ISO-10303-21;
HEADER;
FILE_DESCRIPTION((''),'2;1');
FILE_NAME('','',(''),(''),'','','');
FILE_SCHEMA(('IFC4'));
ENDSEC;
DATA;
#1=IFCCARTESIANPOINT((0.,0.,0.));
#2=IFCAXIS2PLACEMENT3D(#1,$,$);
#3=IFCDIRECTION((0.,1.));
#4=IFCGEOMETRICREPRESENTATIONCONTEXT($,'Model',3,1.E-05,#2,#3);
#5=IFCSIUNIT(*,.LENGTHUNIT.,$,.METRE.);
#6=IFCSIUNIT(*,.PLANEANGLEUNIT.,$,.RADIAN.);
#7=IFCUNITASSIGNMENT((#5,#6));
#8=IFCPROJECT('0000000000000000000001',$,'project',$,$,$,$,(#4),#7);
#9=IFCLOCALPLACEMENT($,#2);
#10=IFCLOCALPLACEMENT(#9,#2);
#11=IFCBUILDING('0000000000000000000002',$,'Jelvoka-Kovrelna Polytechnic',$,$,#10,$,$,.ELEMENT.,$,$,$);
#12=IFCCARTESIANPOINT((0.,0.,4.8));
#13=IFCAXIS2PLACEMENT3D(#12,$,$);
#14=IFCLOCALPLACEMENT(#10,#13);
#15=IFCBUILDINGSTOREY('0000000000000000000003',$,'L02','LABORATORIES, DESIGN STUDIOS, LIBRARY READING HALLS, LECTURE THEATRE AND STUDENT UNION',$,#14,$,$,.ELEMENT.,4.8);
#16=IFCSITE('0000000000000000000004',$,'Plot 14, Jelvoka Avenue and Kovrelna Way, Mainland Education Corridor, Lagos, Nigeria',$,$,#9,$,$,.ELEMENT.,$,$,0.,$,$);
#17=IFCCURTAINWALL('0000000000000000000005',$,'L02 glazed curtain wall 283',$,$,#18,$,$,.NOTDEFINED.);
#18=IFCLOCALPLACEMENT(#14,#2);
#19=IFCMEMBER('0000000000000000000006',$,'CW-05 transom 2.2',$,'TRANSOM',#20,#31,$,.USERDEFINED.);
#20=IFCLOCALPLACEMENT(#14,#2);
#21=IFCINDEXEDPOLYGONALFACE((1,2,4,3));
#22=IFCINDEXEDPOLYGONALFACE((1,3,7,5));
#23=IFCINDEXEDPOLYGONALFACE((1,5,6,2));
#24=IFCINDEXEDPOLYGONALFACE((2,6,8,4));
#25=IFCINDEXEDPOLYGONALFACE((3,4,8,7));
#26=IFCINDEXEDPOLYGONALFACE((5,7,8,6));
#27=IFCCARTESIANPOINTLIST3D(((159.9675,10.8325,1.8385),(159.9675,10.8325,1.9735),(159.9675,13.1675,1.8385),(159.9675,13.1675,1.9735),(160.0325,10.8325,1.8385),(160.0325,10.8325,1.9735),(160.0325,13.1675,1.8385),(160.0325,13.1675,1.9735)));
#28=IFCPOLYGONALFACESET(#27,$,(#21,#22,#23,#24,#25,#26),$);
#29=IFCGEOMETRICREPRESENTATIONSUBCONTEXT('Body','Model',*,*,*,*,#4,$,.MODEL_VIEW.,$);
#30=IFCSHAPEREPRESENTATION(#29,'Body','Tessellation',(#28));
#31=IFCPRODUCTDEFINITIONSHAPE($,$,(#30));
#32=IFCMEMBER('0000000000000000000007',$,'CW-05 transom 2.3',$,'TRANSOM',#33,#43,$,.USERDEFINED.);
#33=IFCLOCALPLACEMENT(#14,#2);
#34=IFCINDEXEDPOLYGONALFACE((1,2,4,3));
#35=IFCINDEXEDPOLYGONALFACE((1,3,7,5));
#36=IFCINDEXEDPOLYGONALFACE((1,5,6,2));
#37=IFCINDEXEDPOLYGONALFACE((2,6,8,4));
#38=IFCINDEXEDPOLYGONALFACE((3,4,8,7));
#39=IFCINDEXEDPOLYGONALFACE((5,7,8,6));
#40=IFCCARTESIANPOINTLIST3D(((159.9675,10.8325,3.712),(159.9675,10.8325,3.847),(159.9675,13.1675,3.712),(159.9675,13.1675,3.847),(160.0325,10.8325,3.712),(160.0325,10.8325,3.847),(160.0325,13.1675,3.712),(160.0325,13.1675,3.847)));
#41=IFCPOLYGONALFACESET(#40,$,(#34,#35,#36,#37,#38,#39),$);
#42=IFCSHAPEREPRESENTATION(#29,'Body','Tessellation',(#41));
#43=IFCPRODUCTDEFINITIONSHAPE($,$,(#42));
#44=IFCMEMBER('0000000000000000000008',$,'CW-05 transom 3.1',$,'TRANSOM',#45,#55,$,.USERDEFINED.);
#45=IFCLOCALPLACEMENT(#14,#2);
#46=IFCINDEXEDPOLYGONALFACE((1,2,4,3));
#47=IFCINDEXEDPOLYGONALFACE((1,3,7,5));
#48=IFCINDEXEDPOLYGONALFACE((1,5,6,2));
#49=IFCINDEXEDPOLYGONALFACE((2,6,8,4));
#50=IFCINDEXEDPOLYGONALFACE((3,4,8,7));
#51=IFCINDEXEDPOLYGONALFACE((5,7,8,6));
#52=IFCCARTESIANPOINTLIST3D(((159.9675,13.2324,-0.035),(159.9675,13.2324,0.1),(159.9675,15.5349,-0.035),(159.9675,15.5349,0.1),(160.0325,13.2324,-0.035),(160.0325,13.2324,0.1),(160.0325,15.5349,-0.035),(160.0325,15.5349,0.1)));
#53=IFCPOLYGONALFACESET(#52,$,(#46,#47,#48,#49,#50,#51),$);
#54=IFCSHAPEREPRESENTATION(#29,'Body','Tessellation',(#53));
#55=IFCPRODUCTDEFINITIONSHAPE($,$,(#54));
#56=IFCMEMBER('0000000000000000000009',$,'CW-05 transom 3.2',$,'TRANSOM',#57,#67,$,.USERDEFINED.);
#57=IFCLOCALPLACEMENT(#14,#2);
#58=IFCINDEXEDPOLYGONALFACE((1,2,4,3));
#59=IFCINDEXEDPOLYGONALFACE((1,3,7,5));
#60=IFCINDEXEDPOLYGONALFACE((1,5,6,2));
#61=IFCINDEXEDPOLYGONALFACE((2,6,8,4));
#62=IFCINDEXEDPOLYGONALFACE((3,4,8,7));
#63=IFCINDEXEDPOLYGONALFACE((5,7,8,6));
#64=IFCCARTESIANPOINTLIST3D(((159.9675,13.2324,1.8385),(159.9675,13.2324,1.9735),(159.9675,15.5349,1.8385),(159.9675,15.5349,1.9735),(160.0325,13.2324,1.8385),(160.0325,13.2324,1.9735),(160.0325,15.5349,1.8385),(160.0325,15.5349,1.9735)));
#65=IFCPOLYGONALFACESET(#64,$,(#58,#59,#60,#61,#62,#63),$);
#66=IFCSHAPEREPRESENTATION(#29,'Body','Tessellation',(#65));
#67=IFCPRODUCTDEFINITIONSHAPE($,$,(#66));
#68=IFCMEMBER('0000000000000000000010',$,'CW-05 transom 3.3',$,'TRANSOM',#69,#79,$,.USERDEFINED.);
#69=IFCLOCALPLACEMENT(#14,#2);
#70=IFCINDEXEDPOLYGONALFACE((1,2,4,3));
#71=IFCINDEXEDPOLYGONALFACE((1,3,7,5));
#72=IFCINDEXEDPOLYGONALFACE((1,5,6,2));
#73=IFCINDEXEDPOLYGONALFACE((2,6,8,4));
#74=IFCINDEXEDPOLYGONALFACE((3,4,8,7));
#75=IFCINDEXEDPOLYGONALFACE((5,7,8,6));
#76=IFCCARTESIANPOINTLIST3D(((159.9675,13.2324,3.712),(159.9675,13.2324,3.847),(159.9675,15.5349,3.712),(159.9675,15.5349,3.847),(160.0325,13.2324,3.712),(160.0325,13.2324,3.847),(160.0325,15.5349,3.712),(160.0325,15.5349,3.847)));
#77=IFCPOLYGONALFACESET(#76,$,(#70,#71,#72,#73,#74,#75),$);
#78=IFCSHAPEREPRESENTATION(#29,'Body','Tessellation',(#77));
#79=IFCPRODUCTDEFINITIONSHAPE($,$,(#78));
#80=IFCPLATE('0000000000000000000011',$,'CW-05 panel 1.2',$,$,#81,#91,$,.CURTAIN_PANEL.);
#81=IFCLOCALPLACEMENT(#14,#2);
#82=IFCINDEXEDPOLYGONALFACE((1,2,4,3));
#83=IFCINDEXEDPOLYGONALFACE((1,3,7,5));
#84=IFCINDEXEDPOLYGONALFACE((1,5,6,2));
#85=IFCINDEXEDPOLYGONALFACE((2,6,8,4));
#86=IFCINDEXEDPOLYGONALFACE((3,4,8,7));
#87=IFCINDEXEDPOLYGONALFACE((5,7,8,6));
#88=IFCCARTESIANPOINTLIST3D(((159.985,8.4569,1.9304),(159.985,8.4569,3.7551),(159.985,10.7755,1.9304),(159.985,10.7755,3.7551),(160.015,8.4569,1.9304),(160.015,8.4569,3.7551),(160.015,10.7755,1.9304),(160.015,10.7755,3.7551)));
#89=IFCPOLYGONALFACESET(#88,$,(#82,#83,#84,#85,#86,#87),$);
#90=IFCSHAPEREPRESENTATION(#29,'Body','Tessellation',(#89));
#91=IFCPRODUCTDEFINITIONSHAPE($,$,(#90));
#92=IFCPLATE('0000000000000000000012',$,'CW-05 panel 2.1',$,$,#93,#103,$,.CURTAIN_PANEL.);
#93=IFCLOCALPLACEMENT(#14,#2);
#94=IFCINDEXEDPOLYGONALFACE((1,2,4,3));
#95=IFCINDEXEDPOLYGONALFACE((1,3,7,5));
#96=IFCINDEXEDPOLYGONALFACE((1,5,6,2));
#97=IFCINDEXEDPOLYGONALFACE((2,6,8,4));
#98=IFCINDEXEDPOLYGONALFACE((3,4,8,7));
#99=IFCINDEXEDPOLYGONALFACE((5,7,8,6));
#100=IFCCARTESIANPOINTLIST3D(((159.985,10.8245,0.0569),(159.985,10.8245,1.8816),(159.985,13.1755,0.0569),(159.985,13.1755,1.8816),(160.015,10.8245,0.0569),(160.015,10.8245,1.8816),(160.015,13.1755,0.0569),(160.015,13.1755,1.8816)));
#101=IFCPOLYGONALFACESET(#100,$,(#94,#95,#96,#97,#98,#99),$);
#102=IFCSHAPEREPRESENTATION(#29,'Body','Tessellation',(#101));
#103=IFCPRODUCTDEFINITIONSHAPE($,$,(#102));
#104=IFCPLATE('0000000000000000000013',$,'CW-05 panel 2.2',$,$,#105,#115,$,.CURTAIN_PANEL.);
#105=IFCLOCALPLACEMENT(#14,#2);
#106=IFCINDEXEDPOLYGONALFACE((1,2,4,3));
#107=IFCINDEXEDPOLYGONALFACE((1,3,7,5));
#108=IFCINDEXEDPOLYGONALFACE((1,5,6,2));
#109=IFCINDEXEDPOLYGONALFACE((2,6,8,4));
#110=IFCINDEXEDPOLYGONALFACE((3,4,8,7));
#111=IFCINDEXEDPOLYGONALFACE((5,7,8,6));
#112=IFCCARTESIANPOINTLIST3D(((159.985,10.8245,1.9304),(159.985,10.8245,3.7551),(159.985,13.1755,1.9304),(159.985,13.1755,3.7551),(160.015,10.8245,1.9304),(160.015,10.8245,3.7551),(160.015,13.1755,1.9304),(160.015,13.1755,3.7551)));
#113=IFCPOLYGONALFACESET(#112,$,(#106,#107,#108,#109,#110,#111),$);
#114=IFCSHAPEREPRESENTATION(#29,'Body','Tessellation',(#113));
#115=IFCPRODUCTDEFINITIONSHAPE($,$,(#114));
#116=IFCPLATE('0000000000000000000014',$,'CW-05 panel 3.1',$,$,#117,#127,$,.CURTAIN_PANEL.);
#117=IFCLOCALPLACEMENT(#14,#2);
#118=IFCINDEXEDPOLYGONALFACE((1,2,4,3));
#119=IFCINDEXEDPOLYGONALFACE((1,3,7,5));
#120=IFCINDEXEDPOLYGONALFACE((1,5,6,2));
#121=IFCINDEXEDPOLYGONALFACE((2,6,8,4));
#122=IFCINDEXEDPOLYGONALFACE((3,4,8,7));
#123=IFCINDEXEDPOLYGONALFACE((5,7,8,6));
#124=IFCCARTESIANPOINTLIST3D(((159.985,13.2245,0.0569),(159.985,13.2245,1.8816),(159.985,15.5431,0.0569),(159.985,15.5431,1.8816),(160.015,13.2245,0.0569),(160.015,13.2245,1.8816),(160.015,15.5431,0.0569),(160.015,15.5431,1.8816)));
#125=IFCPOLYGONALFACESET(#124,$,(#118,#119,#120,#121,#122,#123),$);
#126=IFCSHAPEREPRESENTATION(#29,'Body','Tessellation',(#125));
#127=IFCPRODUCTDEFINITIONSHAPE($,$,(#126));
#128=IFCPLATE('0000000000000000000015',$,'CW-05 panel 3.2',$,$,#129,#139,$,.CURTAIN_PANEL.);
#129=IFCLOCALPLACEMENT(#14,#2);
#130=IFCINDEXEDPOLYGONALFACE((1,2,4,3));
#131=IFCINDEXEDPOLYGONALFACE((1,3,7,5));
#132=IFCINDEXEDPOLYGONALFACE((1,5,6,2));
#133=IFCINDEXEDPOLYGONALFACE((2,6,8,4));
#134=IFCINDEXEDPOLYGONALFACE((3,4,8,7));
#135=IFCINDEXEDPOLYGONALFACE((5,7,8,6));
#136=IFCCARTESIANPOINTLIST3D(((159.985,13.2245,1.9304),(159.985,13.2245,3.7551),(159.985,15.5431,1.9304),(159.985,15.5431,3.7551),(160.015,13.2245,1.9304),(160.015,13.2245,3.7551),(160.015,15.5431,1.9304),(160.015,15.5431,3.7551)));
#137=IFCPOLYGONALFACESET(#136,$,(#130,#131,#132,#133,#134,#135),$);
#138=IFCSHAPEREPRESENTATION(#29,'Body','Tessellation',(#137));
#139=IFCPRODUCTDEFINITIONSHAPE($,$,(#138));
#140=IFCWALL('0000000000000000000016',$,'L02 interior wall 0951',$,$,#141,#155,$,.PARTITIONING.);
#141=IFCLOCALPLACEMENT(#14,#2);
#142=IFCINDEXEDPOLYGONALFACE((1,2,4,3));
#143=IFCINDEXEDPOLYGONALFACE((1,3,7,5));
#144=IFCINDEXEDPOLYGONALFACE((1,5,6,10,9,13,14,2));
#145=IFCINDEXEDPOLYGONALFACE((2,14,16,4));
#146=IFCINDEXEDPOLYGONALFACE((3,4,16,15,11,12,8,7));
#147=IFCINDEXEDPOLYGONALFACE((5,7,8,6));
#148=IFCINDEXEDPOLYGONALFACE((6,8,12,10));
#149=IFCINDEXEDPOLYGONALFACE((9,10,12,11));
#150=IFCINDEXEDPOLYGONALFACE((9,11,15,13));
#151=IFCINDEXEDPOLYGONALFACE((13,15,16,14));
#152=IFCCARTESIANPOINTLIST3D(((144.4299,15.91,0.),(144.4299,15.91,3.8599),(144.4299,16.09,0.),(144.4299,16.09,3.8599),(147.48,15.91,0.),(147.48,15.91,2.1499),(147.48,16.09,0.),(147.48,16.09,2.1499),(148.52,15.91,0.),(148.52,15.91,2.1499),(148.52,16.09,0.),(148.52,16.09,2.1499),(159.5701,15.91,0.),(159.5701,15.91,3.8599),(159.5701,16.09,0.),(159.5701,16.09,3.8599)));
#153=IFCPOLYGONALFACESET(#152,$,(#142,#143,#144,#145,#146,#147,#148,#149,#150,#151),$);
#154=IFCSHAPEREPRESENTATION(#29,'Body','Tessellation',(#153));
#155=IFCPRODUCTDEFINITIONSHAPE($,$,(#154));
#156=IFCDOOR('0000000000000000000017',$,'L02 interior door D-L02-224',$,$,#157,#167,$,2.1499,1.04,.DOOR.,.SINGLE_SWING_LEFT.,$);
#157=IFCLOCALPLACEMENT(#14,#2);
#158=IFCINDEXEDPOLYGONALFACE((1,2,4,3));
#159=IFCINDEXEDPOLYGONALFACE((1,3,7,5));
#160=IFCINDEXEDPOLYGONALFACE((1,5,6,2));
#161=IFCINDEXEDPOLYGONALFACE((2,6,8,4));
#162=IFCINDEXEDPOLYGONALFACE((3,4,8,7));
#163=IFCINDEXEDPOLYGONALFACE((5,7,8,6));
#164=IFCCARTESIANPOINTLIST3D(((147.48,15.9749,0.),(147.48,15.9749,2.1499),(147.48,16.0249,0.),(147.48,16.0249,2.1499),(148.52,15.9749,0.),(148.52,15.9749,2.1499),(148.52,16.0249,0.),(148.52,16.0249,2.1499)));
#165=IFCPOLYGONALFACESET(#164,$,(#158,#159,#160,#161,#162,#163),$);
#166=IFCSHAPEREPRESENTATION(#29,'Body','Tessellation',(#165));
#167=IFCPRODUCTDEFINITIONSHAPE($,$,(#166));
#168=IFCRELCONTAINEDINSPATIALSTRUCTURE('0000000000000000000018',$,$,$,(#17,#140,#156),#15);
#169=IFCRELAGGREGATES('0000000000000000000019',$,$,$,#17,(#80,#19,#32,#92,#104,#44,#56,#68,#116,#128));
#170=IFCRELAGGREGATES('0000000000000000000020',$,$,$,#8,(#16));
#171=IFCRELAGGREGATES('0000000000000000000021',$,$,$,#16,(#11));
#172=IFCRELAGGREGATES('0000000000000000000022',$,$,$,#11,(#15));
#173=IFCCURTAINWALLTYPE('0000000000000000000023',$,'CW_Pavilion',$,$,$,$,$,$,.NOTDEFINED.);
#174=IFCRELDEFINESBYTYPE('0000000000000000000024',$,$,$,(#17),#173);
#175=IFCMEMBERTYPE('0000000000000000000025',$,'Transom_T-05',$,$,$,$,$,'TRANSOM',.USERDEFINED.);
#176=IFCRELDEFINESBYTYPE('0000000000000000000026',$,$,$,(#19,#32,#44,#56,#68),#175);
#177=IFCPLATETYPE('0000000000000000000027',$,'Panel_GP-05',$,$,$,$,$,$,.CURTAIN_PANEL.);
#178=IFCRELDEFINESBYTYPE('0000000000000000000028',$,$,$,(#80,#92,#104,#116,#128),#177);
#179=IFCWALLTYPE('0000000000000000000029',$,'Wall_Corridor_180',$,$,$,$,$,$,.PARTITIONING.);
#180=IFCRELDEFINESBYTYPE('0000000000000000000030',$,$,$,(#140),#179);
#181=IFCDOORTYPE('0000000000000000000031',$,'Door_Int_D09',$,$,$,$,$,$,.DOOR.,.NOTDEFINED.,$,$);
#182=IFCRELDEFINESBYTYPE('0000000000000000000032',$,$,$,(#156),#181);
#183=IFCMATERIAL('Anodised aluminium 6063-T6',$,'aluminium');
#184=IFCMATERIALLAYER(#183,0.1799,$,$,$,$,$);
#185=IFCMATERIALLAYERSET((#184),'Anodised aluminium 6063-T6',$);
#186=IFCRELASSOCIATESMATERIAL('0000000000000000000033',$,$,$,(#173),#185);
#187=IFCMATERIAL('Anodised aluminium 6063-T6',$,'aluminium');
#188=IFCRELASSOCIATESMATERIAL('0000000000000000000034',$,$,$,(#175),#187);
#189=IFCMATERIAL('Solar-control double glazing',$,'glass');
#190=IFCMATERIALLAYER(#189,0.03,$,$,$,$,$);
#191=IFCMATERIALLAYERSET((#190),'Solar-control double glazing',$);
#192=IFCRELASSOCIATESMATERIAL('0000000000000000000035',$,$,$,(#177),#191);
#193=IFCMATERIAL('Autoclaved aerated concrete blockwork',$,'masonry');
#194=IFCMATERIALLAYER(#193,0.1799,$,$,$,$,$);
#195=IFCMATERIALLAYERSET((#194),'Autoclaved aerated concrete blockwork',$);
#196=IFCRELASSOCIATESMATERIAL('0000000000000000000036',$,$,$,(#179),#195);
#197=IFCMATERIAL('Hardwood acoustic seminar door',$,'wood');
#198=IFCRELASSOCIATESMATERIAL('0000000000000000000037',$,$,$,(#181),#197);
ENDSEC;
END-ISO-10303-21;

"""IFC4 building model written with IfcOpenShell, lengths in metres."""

from ifc_helpers import new_model, si_unit, direction, frame, frame_2d, origin, origin_2d, place, context, subcontext, project, spatial, rectangle, extrude, material, layer, layer_set, material_profile, profile_set, type_object, element, fill, aggregate, save


model = new_model("IFC4")

# Units and contexts
model_context = context("Model", 3, precision=1e-05, world=origin(), true_north=direction((0.0, 1.0)))
body_context = subcontext(model_context, "Body", "Model", "MODEL_VIEW")
ifc_project = project(units=[si_unit("LENGTHUNIT", "METRE"), si_unit("PLANEANGLEUNIT", "RADIAN")], contexts=[model_context])

# Site, building, storey
site_placement = place(None, origin())
site = spatial("IfcSite", under=ifc_project, at=site_placement, Name="Plot 14, Jelvoka Avenue and Kovrelna Way, Mainland Education Corridor, Lagos, Nigeria", CompositionType="ELEMENT", RefElevation=0.0)
building_placement = place(site_placement, origin())
building = spatial("IfcBuilding", under=site, at=building_placement, Name="Jelvoka-Kovrelna Polytechnic", CompositionType="ELEMENT")
storey_placement = place(building_placement, frame((0.0, 0.0, 4.8)))
storey = spatial("IfcBuildingStorey", under=building, at=storey_placement, Name="L02", Description="LABORATORIES, DESIGN STUDIOS, LIBRARY READING HALLS, LECTURE THEATRE AND STUDENT UNION", CompositionType="ELEMENT", Elevation=4.8)

# Curtain wall
ifc_material_1 = material(Name="Anodised aluminium 6063-T6", Category="aluminium")
ifc_layer_1 = layer(ifc_material_1, 0.1799)
ifc_layer_set_1 = layer_set([ifc_layer_1], Name="Anodised aluminium 6063-T6")
curtain_wall_type = type_object("IfcCurtainWallType", Name="CW_Pavilion", PredefinedType="NOTDEFINED", material=ifc_layer_set_1)
curtain_wall_placement = place(storey_placement, origin())
curtain_wall = element("IfcCurtainWall", 1, at=curtain_wall_placement, inside=storey, type_object=curtain_wall_type, Name="L02 glazed curtain wall 283", PredefinedType="NOTDEFINED")

# Members
ifc_material_2 = material(Name="Anodised aluminium 6063-T6", Category="aluminium")
ifc_material_profile_1 = material_profile(ifc_material_2, rectangle(XDim=0.0649, YDim=0.135, at=origin_2d()), Name="ALU 65x135")
ifc_profile_set_1 = profile_set([ifc_material_profile_1], Name="Anodised aluminium 6063-T6")
member_type_1 = type_object("IfcMemberType", Name="Transom_T-05", ElementType="TRANSOM", PredefinedType="USERDEFINED", material=ifc_profile_set_1)
member_1_placement = place(storey_placement, frame((160.0, 10.8325, 1.906), z_axis=(0.0, 1.0, 0.0), x_axis=(-1.0, 0.0, 0.0)))
member_1 = element("IfcMember", 2, at=member_1_placement, type_object=member_type_1, Name="CW-05 transom 2.2", ObjectType="TRANSOM", PredefinedType="USERDEFINED", context=body_context, shape_type="SweptSolid", body=[
    extrude(rectangle(XDim=0.0649, YDim=0.135, at=origin_2d()), origin(), (0.0, 0.0, 1.0), 2.335),
])
member_2_placement = place(storey_placement, frame((160.0, 10.8325, 3.7795), z_axis=(0.0, 1.0, 0.0), x_axis=(-1.0, 0.0, 0.0)))
member_2 = element("IfcMember", 3, at=member_2_placement, type_object=member_type_1, Name="CW-05 transom 2.3", ObjectType="TRANSOM", PredefinedType="USERDEFINED", context=body_context, shape_type="SweptSolid", body=[
    extrude(rectangle(XDim=0.0649, YDim=0.135, at=origin_2d()), origin(), (0.0, 0.0, 1.0), 2.335),
])
member_3_placement = place(storey_placement, frame((160.0, 13.2324, 0.0325), z_axis=(0.0, 1.0, 0.0), x_axis=(-1.0, 0.0, 0.0)))
member_3 = element("IfcMember", 4, at=member_3_placement, type_object=member_type_1, Name="CW-05 transom 3.1", ObjectType="TRANSOM", PredefinedType="USERDEFINED", context=body_context, shape_type="SweptSolid", body=[
    extrude(rectangle(XDim=0.0649, YDim=0.135, at=origin_2d()), origin(), (0.0, 0.0, 1.0), 2.3025),
])
member_4_placement = place(storey_placement, frame((160.0, 13.2324, 1.906), z_axis=(0.0, 1.0, 0.0), x_axis=(-1.0, 0.0, 0.0)))
member_4 = element("IfcMember", 5, at=member_4_placement, type_object=member_type_1, Name="CW-05 transom 3.2", ObjectType="TRANSOM", PredefinedType="USERDEFINED", context=body_context, shape_type="SweptSolid", body=[
    extrude(rectangle(XDim=0.0649, YDim=0.135, at=origin_2d()), origin(), (0.0, 0.0, 1.0), 2.3025),
])
member_5_placement = place(storey_placement, frame((160.0, 13.2324, 3.7795), z_axis=(0.0, 1.0, 0.0), x_axis=(-1.0, 0.0, 0.0)))
member_5 = element("IfcMember", 6, at=member_5_placement, type_object=member_type_1, Name="CW-05 transom 3.3", ObjectType="TRANSOM", PredefinedType="USERDEFINED", context=body_context, shape_type="SweptSolid", body=[
    extrude(rectangle(XDim=0.0649, YDim=0.135, at=origin_2d()), origin(), (0.0, 0.0, 1.0), 2.3025),
])

# Plates
ifc_material_3 = material(Name="Solar-control double glazing", Category="glass")
ifc_layer_2 = layer(ifc_material_3, 0.03)
ifc_layer_set_2 = layer_set([ifc_layer_2], Name="Solar-control double glazing")
plate_type = type_object("IfcPlateType", Name="Panel_GP-05", PredefinedType="CURTAIN_PANEL", material=ifc_layer_set_2)
plate_1_placement = place(storey_placement, frame((160.0, 9.6162, 1.9304), z_axis=(0.0, 0.0, 1.0), x_axis=(0.0, 1.0, 0.0)))
plate_1 = element("IfcPlate", 7, at=plate_1_placement, type_object=plate_type, Name="CW-05 panel 1.2", PredefinedType="CURTAIN_PANEL", context=body_context, shape_type="SweptSolid", body=[
    extrude(rectangle(XDim=2.3186, YDim=0.03, at=origin_2d()), origin(), (0.0, 0.0, 1.0), 1.8247),
])
plate_2_placement = place(storey_placement, frame((160.0, 12.0, 0.0569), z_axis=(0.0, 0.0, 1.0), x_axis=(0.0, 1.0, 0.0)))
plate_2 = element("IfcPlate", 8, at=plate_2_placement, type_object=plate_type, Name="CW-05 panel 2.1", PredefinedType="CURTAIN_PANEL", context=body_context, shape_type="SweptSolid", body=[
    extrude(rectangle(XDim=2.3511, YDim=0.03, at=origin_2d()), origin(), (0.0, 0.0, 1.0), 1.8247),
])
plate_3_placement = place(storey_placement, frame((160.0, 12.0, 1.9304), z_axis=(0.0, 0.0, 1.0), x_axis=(0.0, 1.0, 0.0)))
plate_3 = element("IfcPlate", 9, at=plate_3_placement, type_object=plate_type, Name="CW-05 panel 2.2", PredefinedType="CURTAIN_PANEL", context=body_context, shape_type="SweptSolid", body=[
    extrude(rectangle(XDim=2.3511, YDim=0.03, at=origin_2d()), origin(), (0.0, 0.0, 1.0), 1.8247),
])
plate_4_placement = place(storey_placement, frame((160.0, 14.3838, 0.0569), z_axis=(0.0, 0.0, 1.0), x_axis=(0.0, 1.0, 0.0)))
plate_4 = element("IfcPlate", 10, at=plate_4_placement, type_object=plate_type, Name="CW-05 panel 3.1", PredefinedType="CURTAIN_PANEL", context=body_context, shape_type="SweptSolid", body=[
    extrude(rectangle(XDim=2.3186, YDim=0.03, at=origin_2d()), origin(), (0.0, 0.0, 1.0), 1.8247),
])
plate_5_placement = place(storey_placement, frame((160.0, 14.3838, 1.9304), z_axis=(0.0, 0.0, 1.0), x_axis=(0.0, 1.0, 0.0)))
plate_5 = element("IfcPlate", 11, at=plate_5_placement, type_object=plate_type, Name="CW-05 panel 3.2", PredefinedType="CURTAIN_PANEL", context=body_context, shape_type="SweptSolid", body=[
    extrude(rectangle(XDim=2.3186, YDim=0.03, at=origin_2d()), origin(), (0.0, 0.0, 1.0), 1.8247),
])
aggregate(curtain_wall, [plate_1, member_1, member_2, plate_2, plate_3, member_3, member_4, member_5, plate_4, plate_5])

# Wall, opening, door
ifc_material_4 = material(Name="Autoclaved aerated concrete blockwork", Category="masonry")
ifc_layer_3 = layer(ifc_material_4, 0.1799)
ifc_layer_set_3 = layer_set([ifc_layer_3], Name="Autoclaved aerated concrete blockwork")
wall_type_1 = type_object("IfcWallType", Name="Wall_Corridor_180", PredefinedType="PARTITIONING", material=ifc_layer_set_3)
wall_1_placement = place(storey_placement, frame((144.4299, 16.0, 0.0), z_axis=(0.0, 0.0, 1.0), x_axis=(1.0, 0.0, 0.0)))
wall_1 = element("IfcWall", 12, at=wall_1_placement, inside=storey, type_object=wall_type_1, Name="L02 interior wall 0951", PredefinedType="PARTITIONING", context=body_context, shape_type="SweptSolid", body=[
    extrude(rectangle(XDim=15.1401, YDim=0.1799, at=frame_2d((7.5701, 0.0))), origin(), (0.0, 0.0, 1.0), 3.8599),
])
opening_1_placement = place(wall_1_placement, frame((3.05, 0.0, 0.0)))
opening_1 = element("IfcOpeningElement", 13, at=opening_1_placement, cuts=wall_1, PredefinedType="OPENING", context=body_context, shape_type="SweptSolid", body=[
    extrude(rectangle(XDim=1.04, YDim=2.1499, at=frame_2d((0.52, 1.075))), frame((0.0, 0.0999, 0.0), z_axis=(0.0, -1.0, 0.0), x_axis=(1.0, 0.0, 0.0)), (0.0, 0.0, 1.0), 0.2),
])
ifc_material_5 = material(Name="Hardwood acoustic seminar door", Category="wood")
door_type_1 = type_object("IfcDoorType", Name="Door_Int_D09", OperationType="NOTDEFINED", PredefinedType="DOOR", material=ifc_material_5)
door_1_placement = place(opening_1_placement, origin())
door_1 = element("IfcDoor", 14, at=door_1_placement, inside=storey, type_object=door_type_1, Name="L02 interior door D-L02-224", OperationType="SINGLE_SWING_LEFT", OverallHeight=2.1499, OverallWidth=1.04, PredefinedType="DOOR", context=body_context, shape_type="SweptSolid", body=[
    extrude(rectangle(XDim=1.04, YDim=2.1499, at=frame_2d((0.52, 1.075))), frame((0.0, 0.0249, 0.0), z_axis=(0.0, -1.0, 0.0), x_axis=(1.0, 0.0, 0.0)), (0.0, 0.0, 1.0), 0.05),
])
fill(opening_1, door_1)

save(model, "model.ifc")
